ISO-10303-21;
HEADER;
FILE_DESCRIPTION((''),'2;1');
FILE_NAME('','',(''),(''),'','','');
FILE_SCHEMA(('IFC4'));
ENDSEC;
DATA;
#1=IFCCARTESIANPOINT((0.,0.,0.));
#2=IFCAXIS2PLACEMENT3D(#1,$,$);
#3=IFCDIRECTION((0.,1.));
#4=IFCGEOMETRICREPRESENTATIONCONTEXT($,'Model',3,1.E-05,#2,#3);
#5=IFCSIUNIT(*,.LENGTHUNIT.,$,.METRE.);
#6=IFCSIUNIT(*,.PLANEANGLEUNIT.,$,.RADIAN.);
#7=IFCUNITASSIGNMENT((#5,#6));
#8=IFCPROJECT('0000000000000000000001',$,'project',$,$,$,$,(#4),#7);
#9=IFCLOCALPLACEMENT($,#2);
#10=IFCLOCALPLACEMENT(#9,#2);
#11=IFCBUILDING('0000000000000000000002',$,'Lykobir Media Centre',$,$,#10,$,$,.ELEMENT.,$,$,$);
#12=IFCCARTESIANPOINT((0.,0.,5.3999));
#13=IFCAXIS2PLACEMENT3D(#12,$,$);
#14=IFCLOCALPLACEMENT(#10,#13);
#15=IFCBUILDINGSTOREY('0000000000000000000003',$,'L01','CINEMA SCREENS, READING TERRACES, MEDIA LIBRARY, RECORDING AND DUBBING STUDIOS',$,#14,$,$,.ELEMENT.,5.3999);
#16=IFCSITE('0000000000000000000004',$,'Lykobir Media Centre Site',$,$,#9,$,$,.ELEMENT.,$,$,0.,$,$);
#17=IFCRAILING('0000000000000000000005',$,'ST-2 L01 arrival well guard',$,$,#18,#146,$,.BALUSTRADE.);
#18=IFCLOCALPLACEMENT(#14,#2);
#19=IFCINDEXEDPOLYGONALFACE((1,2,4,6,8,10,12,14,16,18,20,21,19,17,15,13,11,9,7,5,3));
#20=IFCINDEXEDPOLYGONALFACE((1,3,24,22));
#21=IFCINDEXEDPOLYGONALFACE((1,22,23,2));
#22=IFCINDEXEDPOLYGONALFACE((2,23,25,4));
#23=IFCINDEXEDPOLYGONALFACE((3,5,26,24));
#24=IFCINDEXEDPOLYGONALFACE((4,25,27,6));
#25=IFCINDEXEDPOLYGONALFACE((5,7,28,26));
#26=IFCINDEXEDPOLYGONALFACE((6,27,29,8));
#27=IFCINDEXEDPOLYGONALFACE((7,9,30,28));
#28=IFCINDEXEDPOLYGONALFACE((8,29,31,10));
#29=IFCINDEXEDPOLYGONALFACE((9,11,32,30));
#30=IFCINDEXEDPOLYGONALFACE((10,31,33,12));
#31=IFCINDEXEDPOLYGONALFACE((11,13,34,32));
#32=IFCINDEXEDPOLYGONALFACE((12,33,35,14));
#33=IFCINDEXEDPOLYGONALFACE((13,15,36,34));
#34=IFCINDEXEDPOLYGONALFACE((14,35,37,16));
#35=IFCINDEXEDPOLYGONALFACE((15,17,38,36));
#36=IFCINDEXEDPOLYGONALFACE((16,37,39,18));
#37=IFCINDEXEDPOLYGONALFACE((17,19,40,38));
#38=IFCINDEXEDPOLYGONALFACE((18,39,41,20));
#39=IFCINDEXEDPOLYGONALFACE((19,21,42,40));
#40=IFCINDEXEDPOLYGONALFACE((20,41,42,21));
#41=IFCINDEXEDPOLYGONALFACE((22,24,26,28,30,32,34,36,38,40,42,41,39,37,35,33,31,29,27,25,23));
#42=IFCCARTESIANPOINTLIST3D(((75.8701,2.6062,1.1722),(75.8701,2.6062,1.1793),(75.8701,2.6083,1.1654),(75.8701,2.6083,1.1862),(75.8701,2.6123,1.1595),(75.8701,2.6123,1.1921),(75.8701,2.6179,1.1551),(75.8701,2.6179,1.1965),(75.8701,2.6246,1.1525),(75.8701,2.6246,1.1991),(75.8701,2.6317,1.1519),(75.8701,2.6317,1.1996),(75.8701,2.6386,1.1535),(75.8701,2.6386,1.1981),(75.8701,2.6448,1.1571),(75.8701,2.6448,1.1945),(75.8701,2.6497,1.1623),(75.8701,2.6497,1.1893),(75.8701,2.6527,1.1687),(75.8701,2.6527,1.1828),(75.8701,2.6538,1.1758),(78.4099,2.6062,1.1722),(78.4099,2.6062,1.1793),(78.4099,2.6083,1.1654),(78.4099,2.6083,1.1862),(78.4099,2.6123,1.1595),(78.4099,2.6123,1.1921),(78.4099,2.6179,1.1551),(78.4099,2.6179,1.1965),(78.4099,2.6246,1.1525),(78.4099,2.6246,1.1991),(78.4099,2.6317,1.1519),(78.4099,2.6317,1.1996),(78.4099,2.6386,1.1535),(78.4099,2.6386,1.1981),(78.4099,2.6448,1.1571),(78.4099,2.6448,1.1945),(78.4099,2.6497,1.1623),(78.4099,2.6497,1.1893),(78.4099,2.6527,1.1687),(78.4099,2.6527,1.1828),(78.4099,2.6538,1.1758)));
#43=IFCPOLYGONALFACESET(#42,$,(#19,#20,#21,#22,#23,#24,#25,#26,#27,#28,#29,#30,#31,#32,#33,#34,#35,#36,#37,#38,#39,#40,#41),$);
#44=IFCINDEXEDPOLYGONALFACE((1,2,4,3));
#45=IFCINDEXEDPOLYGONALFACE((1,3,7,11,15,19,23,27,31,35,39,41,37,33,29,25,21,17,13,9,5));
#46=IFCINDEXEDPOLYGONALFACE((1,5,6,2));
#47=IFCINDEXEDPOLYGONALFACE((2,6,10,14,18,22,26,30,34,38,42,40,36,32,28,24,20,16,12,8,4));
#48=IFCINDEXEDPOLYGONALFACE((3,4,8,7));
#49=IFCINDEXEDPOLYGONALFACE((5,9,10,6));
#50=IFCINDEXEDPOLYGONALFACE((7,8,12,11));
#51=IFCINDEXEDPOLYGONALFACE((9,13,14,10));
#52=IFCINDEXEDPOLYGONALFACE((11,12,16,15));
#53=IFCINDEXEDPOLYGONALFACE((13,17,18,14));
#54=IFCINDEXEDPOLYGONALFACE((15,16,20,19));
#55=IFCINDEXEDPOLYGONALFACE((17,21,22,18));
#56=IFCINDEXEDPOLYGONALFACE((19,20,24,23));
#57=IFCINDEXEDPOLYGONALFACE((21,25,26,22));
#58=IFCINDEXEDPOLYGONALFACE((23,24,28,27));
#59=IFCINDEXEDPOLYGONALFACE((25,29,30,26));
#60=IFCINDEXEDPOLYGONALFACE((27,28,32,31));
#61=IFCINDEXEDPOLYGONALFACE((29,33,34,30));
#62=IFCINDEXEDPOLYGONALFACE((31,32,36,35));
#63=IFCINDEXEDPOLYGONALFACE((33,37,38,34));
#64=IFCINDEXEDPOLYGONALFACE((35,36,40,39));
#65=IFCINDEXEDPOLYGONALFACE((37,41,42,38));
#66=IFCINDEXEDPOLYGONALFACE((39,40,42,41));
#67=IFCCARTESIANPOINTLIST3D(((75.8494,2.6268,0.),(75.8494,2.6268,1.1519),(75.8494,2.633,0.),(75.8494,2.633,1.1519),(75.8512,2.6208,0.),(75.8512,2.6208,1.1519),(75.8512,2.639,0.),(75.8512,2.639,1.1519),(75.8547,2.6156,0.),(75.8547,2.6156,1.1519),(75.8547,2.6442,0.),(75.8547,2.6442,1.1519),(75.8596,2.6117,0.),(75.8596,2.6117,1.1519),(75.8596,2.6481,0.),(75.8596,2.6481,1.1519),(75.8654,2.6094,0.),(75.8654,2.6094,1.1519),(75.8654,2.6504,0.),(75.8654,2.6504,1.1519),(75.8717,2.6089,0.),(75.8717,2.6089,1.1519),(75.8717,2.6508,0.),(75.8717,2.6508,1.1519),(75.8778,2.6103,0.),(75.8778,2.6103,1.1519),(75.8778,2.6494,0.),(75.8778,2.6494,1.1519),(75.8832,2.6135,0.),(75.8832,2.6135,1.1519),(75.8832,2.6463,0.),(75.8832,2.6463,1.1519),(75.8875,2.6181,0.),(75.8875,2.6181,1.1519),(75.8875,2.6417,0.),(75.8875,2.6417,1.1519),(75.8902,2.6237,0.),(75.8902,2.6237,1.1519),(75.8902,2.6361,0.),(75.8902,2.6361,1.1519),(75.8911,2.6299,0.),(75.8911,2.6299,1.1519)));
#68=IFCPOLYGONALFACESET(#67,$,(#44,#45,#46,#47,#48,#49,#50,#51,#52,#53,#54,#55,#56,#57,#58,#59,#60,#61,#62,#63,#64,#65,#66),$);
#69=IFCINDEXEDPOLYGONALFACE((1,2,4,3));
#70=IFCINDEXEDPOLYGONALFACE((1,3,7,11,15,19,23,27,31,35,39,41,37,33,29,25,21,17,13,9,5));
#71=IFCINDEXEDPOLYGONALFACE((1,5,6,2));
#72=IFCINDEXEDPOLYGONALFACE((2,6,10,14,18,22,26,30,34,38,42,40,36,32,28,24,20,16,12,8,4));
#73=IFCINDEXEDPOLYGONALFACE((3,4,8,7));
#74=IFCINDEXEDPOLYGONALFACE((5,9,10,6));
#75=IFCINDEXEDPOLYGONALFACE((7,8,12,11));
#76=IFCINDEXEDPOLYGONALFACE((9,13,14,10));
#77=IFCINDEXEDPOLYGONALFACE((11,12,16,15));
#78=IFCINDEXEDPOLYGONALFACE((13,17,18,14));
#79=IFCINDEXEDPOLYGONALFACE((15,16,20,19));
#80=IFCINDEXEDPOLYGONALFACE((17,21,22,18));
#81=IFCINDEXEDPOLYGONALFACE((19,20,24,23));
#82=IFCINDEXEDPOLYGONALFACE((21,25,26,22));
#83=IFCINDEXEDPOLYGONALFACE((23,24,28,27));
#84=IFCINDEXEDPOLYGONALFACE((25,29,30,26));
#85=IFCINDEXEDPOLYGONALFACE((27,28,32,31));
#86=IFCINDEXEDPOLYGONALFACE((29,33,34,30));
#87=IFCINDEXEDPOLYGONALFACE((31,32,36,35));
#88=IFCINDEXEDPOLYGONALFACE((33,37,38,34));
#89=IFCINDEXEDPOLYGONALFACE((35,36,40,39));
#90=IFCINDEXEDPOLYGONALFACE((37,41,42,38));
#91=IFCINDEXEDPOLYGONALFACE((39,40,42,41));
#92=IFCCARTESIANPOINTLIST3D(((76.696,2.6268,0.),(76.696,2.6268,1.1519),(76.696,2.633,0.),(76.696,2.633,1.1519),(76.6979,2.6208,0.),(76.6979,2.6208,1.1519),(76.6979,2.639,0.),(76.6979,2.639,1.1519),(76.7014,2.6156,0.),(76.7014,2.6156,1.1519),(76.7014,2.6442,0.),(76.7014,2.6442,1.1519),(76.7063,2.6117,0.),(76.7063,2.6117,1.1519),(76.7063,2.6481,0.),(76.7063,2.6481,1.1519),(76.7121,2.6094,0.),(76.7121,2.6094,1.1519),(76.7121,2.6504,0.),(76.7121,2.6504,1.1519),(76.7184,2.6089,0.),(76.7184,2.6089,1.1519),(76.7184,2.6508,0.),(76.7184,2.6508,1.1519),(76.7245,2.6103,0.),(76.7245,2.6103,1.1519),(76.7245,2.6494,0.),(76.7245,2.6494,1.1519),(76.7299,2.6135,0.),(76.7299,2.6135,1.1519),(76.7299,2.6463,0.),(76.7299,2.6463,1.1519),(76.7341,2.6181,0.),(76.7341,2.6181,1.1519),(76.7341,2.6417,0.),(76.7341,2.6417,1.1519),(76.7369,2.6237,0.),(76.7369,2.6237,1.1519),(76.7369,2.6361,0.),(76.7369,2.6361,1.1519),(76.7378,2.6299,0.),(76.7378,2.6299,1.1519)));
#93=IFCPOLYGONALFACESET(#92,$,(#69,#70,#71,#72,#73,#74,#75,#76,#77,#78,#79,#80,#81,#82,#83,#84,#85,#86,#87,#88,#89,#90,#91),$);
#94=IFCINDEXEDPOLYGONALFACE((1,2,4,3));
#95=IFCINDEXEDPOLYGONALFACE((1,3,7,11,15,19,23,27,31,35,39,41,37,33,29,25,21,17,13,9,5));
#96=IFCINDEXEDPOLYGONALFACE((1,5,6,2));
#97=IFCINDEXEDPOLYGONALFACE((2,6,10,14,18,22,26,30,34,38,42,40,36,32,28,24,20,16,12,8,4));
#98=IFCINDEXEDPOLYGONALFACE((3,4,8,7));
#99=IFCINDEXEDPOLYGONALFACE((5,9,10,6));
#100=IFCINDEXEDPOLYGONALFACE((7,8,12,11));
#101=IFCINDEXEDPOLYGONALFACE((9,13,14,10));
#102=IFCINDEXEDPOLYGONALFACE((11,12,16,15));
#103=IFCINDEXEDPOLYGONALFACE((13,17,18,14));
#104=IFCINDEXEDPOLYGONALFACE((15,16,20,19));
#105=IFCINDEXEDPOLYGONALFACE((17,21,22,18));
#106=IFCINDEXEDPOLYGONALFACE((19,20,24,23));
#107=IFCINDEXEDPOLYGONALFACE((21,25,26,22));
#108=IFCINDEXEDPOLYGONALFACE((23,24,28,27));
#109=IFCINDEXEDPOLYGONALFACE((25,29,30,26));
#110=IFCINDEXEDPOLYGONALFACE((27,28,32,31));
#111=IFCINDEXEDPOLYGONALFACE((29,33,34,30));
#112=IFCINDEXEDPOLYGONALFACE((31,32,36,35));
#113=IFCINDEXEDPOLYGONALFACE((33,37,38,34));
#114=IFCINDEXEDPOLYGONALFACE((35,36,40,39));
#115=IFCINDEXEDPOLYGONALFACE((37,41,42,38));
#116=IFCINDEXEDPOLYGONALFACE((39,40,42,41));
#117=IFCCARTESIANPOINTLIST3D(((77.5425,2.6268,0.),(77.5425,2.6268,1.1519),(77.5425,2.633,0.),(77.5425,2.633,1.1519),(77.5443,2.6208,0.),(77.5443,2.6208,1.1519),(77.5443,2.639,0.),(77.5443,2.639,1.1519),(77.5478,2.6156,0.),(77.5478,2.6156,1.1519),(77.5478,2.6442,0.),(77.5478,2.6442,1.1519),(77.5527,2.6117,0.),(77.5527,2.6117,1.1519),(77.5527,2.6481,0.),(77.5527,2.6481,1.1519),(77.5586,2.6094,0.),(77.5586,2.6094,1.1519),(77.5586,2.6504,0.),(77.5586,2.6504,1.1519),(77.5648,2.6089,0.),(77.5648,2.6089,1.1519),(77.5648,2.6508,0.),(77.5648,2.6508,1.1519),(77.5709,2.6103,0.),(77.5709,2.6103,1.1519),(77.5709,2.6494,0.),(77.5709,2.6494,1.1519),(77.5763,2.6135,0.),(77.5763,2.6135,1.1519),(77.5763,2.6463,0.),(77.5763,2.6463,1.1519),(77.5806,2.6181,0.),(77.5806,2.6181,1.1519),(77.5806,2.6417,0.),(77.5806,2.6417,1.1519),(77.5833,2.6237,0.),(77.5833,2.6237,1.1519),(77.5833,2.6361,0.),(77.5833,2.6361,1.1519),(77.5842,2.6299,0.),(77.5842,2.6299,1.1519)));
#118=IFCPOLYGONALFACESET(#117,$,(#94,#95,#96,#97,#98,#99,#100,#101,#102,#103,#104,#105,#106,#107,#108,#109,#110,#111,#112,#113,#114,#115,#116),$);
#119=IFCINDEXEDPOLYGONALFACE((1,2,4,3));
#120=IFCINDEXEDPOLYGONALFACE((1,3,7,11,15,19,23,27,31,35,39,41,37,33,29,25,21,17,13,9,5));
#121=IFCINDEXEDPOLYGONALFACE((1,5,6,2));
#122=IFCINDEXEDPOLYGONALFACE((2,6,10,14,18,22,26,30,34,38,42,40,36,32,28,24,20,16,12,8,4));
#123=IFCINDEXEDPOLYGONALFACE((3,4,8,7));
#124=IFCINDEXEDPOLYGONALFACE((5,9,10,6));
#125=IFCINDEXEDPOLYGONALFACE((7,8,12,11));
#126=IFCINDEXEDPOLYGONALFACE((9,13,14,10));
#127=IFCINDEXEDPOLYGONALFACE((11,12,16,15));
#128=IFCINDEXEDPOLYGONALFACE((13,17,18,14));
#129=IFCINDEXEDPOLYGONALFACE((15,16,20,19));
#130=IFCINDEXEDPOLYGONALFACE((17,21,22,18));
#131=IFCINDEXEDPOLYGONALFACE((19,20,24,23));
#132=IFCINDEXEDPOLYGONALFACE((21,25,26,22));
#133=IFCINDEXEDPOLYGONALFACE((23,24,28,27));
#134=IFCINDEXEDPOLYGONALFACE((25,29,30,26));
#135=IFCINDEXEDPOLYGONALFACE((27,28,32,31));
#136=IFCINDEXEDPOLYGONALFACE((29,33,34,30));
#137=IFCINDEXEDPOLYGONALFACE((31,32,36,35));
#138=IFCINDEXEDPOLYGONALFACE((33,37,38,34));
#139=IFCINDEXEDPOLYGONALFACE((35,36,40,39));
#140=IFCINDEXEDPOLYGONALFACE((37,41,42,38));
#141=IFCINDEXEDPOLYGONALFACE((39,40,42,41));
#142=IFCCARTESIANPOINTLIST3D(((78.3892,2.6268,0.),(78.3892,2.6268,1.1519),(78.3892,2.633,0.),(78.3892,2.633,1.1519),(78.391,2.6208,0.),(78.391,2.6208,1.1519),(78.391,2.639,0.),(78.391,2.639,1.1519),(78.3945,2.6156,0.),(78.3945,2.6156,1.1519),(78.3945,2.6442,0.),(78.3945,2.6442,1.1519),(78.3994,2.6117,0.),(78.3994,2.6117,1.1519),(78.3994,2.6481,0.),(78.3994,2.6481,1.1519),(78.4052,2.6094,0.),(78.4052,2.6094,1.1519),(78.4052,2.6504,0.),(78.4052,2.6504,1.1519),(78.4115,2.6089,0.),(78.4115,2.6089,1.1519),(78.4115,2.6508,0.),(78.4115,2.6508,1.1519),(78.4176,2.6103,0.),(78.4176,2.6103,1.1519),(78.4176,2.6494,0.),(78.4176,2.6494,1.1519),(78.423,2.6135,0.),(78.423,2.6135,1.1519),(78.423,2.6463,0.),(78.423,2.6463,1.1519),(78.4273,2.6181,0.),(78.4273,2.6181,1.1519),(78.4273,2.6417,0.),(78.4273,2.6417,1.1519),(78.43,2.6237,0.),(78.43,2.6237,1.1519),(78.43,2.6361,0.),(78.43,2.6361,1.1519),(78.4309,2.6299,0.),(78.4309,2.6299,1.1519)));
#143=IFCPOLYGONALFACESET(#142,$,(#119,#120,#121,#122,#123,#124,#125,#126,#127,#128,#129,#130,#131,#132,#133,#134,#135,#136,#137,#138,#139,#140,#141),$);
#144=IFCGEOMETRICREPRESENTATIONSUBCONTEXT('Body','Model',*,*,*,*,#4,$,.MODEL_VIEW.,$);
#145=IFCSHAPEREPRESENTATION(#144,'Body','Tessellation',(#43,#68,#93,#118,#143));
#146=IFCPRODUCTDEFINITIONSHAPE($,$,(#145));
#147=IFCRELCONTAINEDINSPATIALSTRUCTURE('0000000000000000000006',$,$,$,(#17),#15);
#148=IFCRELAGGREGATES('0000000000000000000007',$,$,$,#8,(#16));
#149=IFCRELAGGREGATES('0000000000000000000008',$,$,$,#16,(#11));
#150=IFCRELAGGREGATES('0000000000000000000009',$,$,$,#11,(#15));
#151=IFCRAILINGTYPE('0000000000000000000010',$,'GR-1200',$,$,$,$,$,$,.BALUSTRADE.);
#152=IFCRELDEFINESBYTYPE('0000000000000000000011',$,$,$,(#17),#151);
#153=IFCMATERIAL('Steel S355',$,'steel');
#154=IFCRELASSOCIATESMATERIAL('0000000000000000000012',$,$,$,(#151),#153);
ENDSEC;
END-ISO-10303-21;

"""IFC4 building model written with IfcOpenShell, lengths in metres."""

from ifc_helpers import new_model, si_unit, direction, frame, origin, origin_2d, place, context, subcontext, project, spatial, circle, extrude, material, type_object, element, save


model = new_model("IFC4")

# Units and contexts
model_context = context("Model", 3, precision=1e-05, world=origin(), true_north=direction((0.0, 1.0)))
body_context = subcontext(model_context, "Body", "Model", "MODEL_VIEW")
ifc_project = project(units=[si_unit("LENGTHUNIT", "METRE"), si_unit("PLANEANGLEUNIT", "RADIAN")], contexts=[model_context])

# Site, building, storey
site_placement = place(None, origin())
site = spatial("IfcSite", under=ifc_project, at=site_placement, Name="Lykobir Media Centre Site", CompositionType="ELEMENT", RefElevation=0.0)
building_placement = place(site_placement, origin())
building = spatial("IfcBuilding", under=site, at=building_placement, Name="Lykobir Media Centre", CompositionType="ELEMENT")
storey_placement = place(building_placement, frame((0.0, 0.0, 5.3999)))
storey = spatial("IfcBuildingStorey", under=building, at=storey_placement, Name="L01", Description="CINEMA SCREENS, READING TERRACES, MEDIA LIBRARY, RECORDING AND DUBBING STUDIOS", CompositionType="ELEMENT", Elevation=5.3999)

# Shared definitions
ifc_material_1 = material(Name="Steel S355", Category="steel")

# Railing
railing_type_1 = type_object("IfcRailingType", Name="GR-1200", PredefinedType="BALUSTRADE", material=ifc_material_1)
railing_1_placement = place(storey_placement, frame((75.8701, 2.6299, 0.0)))
element("IfcRailing", 1, at=railing_1_placement, inside=storey, type_object=railing_type_1, Name="ST-2 L01 arrival well guard", PredefinedType="BALUSTRADE", context=body_context, shape_type="SweptSolid", body=[
    extrude(circle(Radius=0.0239, at=origin_2d()), frame((0.0, 0.0, 1.1758), z_axis=(1.0, 0.0, 0.0), x_axis=(0.0, 1.0, 0.0)), (0.0, 0.0, 1.0), 2.5398),
    extrude(circle(Radius=0.021, at=origin_2d()), origin(), (0.0, 0.0, 1.0), 1.1519),
    extrude(circle(Radius=0.021, at=origin_2d()), frame((0.8467, 0.0, 0.0)), (0.0, 0.0, 1.0), 1.1519),
    extrude(circle(Radius=0.021, at=origin_2d()), frame((1.6931, 0.0, 0.0)), (0.0, 0.0, 1.0), 1.1519),
    extrude(circle(Radius=0.021, at=origin_2d()), frame((2.5398, 0.0, 0.0)), (0.0, 0.0, 1.0), 1.1519),
])

save(model, "model.ifc")
